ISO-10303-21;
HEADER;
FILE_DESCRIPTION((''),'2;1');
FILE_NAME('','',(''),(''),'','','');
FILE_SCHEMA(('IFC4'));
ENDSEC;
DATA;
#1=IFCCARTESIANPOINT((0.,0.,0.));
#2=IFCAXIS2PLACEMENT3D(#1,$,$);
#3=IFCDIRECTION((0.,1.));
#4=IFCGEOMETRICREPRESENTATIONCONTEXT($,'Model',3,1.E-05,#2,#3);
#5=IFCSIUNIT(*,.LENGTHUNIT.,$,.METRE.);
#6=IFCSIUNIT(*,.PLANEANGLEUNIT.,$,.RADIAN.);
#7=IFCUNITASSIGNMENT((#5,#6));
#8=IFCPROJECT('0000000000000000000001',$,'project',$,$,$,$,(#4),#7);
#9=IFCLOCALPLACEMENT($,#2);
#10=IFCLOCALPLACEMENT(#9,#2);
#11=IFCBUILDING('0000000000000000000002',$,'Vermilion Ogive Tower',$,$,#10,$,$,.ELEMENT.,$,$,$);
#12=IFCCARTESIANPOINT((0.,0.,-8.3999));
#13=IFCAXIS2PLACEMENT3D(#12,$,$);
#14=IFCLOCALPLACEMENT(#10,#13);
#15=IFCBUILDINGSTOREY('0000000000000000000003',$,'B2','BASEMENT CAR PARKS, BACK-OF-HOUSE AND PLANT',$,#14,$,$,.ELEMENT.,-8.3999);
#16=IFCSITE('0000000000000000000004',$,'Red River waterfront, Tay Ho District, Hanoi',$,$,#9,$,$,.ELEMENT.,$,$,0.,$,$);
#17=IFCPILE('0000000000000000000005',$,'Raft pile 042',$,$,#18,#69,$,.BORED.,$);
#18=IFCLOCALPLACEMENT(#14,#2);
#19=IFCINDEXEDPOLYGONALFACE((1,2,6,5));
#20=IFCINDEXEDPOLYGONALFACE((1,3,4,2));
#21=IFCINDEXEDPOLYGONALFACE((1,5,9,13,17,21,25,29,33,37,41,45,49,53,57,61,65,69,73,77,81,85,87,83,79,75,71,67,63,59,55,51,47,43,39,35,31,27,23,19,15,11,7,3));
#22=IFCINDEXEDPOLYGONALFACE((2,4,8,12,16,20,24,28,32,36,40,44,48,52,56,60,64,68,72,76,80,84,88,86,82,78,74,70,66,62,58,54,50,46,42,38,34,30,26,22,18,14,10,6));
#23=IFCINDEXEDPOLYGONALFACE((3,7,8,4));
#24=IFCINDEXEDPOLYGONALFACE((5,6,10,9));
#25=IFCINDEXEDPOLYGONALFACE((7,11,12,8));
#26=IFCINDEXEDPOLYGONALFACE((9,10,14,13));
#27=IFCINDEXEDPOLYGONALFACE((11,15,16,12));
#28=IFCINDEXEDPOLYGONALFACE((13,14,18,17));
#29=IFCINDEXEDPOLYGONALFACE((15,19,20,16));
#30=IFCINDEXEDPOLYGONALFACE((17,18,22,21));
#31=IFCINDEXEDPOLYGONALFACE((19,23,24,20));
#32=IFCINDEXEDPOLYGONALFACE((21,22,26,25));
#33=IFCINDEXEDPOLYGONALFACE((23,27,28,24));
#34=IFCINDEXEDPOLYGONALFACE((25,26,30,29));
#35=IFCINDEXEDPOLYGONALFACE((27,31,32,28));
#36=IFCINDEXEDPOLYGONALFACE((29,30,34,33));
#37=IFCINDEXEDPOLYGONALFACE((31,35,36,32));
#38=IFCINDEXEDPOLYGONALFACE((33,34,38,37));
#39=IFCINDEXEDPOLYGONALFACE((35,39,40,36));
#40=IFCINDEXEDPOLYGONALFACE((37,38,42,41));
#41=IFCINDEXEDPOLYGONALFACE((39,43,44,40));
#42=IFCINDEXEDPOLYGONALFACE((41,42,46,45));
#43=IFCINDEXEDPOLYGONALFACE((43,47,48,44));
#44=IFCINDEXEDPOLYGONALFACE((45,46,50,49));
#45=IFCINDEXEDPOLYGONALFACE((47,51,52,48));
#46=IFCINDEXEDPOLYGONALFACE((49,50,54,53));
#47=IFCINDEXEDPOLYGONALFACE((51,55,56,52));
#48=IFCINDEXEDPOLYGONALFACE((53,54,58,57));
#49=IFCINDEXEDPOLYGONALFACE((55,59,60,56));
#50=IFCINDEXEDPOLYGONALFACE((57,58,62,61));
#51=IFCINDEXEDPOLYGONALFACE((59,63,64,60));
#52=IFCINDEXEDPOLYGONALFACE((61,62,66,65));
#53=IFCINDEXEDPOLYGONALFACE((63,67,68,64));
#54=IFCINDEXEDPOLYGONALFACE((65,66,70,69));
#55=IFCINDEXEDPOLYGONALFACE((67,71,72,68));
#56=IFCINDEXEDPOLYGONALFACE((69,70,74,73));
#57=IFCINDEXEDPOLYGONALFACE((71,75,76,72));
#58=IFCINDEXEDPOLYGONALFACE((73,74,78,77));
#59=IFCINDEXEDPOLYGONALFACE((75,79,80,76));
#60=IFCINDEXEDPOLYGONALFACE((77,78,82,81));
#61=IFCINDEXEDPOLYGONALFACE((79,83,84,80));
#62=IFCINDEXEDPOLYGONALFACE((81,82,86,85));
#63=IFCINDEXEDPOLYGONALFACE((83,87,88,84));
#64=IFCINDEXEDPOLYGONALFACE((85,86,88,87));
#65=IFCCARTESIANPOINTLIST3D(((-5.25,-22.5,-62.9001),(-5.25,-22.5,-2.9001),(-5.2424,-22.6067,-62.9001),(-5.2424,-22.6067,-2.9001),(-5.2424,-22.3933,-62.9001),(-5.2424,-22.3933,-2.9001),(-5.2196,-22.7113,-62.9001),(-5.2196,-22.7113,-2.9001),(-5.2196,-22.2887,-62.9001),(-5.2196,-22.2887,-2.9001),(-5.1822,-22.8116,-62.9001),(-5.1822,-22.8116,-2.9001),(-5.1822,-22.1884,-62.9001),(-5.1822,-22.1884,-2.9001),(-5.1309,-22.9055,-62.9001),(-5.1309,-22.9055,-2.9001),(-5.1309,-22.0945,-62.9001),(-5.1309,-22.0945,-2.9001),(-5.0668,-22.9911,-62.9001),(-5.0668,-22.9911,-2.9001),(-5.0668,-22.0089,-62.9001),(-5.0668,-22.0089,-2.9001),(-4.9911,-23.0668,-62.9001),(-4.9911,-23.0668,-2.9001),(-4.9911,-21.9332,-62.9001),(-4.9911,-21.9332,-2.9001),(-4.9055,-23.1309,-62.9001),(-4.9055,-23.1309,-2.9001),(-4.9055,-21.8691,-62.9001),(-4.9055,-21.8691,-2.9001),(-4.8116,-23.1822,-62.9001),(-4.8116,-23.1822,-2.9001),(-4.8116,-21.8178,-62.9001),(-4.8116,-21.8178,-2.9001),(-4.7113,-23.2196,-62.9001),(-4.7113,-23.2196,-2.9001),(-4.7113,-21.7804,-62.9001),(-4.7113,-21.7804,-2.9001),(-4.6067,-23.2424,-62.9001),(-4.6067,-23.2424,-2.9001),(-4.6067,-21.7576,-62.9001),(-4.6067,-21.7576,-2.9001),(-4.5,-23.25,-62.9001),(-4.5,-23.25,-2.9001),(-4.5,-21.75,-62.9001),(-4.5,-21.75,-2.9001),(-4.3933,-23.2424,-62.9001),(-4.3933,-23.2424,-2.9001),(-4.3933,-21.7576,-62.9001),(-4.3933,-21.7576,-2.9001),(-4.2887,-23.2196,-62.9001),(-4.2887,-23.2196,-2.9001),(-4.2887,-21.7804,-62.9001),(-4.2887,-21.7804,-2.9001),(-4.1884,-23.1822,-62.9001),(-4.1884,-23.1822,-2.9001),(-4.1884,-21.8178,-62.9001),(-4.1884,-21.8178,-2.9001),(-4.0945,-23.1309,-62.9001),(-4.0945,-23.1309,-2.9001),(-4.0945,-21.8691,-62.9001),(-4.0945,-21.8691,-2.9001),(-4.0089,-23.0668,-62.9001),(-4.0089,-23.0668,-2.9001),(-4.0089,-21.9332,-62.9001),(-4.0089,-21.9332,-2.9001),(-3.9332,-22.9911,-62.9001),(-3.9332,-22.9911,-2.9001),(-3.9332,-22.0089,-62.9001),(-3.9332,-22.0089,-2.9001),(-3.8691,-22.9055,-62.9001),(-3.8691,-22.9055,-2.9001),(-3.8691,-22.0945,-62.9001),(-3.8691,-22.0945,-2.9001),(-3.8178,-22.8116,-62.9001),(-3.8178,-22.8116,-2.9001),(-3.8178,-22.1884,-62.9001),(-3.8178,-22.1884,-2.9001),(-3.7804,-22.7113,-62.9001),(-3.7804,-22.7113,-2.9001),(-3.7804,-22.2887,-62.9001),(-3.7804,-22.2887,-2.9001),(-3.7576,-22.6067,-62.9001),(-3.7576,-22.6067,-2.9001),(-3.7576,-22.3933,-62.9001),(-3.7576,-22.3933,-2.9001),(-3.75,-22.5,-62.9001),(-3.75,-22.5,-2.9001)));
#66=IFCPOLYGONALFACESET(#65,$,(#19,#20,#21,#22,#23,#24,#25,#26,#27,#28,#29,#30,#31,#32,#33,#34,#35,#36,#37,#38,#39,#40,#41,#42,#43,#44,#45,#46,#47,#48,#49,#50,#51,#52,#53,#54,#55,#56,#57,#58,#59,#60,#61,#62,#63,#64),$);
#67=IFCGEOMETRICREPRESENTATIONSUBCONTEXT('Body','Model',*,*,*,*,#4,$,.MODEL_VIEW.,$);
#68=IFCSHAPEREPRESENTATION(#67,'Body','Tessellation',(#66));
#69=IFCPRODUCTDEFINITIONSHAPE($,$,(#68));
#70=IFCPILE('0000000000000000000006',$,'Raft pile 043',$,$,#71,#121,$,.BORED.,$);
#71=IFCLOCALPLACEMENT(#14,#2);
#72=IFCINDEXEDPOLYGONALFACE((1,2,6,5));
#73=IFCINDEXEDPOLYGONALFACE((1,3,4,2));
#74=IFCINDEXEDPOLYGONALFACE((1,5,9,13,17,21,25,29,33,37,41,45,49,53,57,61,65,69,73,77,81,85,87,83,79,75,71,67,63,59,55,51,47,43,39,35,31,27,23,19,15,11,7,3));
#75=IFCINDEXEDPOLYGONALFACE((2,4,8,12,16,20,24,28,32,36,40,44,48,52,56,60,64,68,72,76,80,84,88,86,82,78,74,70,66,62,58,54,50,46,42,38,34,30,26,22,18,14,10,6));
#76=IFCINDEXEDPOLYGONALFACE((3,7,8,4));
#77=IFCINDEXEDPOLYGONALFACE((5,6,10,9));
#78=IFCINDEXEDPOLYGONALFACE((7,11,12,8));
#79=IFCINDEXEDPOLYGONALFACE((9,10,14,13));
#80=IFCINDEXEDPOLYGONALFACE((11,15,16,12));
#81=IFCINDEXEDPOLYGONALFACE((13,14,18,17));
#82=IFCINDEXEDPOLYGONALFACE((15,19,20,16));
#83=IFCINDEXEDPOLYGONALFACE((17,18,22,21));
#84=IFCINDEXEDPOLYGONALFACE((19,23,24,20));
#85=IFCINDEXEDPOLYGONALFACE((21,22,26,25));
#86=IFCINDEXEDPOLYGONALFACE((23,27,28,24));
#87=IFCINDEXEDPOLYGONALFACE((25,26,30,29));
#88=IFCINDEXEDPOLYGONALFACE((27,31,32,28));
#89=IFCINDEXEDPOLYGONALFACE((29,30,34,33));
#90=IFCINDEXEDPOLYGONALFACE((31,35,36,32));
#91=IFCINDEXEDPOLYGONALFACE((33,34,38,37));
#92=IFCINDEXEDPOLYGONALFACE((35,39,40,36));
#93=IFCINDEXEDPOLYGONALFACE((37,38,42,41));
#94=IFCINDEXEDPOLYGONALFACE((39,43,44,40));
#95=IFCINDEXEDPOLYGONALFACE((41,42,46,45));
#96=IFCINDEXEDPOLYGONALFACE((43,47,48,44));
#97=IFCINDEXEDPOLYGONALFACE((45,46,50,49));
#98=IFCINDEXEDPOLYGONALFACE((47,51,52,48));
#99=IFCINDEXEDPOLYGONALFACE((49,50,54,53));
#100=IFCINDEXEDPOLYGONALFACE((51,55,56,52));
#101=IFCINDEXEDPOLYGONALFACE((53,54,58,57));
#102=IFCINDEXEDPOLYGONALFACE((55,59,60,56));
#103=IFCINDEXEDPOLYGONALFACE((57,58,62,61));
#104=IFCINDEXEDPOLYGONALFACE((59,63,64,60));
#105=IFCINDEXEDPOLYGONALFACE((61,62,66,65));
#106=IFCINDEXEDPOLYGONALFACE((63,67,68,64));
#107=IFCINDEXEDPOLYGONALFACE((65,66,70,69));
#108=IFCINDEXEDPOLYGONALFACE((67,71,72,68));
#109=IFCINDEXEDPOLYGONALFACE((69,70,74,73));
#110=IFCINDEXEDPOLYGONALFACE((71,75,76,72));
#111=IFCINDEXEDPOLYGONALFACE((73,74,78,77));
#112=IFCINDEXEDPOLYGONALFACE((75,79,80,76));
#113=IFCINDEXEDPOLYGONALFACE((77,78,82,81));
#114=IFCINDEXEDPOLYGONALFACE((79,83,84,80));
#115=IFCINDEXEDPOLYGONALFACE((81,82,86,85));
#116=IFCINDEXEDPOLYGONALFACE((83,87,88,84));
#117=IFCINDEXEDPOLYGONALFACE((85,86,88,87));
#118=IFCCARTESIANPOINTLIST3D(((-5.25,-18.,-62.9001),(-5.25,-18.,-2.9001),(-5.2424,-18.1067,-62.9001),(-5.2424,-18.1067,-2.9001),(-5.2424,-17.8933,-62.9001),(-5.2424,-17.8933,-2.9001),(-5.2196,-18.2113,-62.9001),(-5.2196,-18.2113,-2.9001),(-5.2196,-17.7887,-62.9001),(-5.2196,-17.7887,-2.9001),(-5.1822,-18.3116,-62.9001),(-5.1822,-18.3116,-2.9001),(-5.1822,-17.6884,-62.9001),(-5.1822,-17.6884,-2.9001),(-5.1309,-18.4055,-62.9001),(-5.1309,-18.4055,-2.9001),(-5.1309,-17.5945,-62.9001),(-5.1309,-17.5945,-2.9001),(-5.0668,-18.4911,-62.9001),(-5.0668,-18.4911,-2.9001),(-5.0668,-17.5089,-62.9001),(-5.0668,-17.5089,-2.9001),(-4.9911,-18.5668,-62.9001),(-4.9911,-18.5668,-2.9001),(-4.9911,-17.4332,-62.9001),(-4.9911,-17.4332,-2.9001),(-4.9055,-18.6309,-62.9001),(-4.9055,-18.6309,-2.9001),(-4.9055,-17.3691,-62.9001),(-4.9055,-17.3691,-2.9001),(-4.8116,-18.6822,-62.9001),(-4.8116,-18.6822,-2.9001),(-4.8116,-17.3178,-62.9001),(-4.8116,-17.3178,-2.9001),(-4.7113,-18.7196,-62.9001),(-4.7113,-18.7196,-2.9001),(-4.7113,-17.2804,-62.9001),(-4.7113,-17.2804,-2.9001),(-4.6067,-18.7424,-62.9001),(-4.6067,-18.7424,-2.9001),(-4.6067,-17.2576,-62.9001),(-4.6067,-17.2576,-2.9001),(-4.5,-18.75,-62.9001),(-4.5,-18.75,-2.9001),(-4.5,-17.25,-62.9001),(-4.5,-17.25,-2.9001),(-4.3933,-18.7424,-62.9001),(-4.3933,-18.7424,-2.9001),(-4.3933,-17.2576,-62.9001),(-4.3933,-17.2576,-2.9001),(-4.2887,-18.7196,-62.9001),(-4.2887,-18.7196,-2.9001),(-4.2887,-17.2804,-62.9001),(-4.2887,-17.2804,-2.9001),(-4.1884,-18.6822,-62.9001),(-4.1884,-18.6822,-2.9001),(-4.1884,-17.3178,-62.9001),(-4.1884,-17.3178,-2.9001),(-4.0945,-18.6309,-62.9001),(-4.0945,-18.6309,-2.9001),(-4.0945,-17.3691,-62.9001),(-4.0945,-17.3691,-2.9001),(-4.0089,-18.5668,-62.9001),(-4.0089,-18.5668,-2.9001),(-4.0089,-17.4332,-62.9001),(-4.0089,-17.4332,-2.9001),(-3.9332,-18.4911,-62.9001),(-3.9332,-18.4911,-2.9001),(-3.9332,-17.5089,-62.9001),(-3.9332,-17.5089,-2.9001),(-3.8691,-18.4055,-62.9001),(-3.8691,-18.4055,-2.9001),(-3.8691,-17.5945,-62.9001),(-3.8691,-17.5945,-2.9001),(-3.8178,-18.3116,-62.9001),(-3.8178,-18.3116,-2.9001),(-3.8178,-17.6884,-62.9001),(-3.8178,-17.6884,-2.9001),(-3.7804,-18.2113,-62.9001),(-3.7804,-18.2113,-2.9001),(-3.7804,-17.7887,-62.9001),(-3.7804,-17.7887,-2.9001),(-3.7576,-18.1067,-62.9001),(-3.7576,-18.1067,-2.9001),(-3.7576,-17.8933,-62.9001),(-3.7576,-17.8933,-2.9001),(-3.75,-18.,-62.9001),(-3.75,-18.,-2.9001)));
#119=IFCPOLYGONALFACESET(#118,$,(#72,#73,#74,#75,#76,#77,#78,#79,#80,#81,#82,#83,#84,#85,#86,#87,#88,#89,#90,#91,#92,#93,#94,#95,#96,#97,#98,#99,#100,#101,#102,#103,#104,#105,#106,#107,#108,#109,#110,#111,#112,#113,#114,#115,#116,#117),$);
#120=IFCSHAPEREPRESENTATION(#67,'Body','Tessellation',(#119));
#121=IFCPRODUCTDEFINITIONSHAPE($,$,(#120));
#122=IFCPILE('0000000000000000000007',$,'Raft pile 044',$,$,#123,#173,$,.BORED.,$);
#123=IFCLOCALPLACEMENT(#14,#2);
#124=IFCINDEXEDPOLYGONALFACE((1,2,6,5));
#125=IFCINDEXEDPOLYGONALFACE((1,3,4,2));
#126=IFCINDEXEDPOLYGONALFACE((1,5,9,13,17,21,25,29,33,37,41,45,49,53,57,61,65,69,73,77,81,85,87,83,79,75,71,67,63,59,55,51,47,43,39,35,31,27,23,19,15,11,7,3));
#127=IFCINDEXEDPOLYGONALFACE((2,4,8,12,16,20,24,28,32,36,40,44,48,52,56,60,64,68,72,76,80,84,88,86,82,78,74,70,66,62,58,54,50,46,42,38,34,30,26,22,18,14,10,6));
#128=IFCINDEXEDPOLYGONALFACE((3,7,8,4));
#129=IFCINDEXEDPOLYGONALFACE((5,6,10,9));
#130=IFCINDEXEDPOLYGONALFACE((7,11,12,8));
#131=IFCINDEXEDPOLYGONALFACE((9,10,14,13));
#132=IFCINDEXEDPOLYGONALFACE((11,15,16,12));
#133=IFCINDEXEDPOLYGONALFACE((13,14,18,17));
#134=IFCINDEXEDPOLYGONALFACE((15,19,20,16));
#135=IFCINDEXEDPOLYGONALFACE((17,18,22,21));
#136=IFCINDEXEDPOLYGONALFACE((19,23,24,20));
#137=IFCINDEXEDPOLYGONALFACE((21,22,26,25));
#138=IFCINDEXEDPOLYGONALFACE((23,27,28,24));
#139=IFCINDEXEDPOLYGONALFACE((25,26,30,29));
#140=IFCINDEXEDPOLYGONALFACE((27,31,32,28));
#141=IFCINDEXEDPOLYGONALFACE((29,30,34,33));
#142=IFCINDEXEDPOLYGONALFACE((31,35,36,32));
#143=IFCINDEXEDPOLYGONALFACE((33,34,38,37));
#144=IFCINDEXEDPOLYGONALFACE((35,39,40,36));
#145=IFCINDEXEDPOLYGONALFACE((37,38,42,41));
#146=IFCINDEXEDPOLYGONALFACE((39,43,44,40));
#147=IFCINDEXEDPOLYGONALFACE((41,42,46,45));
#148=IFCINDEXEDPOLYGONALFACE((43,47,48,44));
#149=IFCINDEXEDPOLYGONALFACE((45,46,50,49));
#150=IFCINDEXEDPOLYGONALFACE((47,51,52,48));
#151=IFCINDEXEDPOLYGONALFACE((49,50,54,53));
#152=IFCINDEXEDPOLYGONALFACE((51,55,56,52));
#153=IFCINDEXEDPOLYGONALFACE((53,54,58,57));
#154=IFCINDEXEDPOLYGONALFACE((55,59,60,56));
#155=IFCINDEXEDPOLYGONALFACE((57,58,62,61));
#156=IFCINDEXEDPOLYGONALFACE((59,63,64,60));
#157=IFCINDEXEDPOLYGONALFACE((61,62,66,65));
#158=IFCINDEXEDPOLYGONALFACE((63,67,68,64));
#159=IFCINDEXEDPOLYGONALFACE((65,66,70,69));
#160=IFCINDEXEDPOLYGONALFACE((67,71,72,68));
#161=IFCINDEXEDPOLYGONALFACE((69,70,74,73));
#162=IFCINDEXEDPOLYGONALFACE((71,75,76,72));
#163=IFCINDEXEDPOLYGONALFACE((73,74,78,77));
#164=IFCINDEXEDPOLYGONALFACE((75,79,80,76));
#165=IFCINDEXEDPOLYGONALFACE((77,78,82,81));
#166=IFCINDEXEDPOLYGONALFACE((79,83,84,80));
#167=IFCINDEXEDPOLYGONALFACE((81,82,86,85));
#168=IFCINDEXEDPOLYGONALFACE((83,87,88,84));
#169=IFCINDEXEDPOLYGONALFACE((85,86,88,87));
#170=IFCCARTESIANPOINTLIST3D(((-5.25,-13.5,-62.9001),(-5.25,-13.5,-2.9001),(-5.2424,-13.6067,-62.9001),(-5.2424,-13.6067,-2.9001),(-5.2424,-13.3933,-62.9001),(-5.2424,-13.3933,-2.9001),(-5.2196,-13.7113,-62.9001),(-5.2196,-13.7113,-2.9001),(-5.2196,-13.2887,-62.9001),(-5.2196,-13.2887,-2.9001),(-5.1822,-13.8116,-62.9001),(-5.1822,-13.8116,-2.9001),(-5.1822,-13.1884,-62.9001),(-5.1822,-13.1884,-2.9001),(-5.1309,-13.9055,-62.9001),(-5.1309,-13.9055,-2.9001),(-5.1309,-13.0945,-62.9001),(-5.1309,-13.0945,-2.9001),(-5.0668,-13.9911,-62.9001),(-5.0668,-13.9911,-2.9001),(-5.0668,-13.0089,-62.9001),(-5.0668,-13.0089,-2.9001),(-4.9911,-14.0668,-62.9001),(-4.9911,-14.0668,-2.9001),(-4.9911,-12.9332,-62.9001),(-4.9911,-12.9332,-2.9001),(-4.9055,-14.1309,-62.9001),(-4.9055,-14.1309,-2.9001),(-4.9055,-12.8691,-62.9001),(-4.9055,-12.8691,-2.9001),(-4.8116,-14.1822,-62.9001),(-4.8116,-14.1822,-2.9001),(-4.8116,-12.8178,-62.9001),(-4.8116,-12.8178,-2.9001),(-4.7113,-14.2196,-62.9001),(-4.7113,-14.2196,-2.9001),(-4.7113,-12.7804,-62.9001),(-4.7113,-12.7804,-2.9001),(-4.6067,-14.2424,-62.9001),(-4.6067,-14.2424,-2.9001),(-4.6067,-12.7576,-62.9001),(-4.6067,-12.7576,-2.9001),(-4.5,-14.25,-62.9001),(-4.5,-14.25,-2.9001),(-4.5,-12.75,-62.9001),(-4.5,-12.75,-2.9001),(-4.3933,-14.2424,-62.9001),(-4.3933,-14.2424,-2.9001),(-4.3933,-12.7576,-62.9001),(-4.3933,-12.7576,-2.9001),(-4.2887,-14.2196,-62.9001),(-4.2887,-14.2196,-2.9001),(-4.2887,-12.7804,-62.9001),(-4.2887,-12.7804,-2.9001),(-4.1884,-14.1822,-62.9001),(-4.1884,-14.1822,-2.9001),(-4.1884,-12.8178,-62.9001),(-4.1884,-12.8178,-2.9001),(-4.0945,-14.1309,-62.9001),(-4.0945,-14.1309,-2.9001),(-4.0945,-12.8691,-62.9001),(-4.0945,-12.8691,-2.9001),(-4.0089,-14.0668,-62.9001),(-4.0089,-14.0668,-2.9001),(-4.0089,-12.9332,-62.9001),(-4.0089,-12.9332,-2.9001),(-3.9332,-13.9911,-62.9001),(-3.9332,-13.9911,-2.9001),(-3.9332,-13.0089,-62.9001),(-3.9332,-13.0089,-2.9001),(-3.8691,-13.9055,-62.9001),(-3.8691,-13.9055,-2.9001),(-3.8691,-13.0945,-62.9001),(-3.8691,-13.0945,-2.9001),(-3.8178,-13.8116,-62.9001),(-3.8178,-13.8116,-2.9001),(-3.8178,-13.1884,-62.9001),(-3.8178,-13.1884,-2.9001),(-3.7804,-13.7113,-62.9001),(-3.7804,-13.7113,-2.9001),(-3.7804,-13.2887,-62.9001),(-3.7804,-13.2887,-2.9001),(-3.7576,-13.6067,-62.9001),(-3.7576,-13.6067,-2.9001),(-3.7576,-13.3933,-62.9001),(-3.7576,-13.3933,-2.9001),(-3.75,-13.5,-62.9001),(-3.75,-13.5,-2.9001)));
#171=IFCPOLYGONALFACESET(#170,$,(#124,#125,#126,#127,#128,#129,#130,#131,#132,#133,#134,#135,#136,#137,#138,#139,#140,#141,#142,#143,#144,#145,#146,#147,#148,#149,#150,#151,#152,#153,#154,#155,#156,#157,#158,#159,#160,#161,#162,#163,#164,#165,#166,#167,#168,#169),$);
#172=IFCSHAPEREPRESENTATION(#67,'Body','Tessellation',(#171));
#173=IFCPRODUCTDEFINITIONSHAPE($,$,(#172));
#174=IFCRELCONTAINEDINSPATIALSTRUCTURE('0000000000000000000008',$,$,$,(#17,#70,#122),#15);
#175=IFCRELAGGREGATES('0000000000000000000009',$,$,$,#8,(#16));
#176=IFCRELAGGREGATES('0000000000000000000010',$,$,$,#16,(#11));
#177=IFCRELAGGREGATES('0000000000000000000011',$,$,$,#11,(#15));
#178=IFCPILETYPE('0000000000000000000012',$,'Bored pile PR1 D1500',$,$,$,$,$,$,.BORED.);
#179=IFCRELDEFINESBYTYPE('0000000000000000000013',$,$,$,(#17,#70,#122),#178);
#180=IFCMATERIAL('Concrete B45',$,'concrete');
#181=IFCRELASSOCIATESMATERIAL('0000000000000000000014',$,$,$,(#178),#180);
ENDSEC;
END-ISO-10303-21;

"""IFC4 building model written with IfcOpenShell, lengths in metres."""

from ifc_helpers import new_model, si_unit, direction, frame, origin, origin_2d, place, context, subcontext, project, spatial, circle, extrude, material, type_object, element, save


model = new_model("IFC4")

# Units and contexts
model_context = context("Model", 3, precision=1e-05, world=origin(), true_north=direction((0.0, 1.0)))
body_context = subcontext(model_context, "Body", "Model", "MODEL_VIEW")
ifc_project = project(units=[si_unit("LENGTHUNIT", "METRE"), si_unit("PLANEANGLEUNIT", "RADIAN")], contexts=[model_context])

# Site, building, storey
site_placement = place(None, origin())
site = spatial("IfcSite", under=ifc_project, at=site_placement, Name="Red River waterfront, Tay Ho District, Hanoi", CompositionType="ELEMENT", RefElevation=0.0)
building_placement = place(site_placement, origin())
building = spatial("IfcBuilding", under=site, at=building_placement, Name="Vermilion Ogive Tower", CompositionType="ELEMENT")
storey_placement = place(building_placement, frame((0.0, 0.0, -8.3999)))
storey = spatial("IfcBuildingStorey", under=building, at=storey_placement, Name="B2", Description="BASEMENT CAR PARKS, BACK-OF-HOUSE AND PLANT", CompositionType="ELEMENT", Elevation=-8.3999)

# Piles
ifc_material_1 = material(Name="Concrete B45", Category="concrete")
pile_type_1 = type_object("IfcPileType", Name="Bored pile PR1 D1500", PredefinedType="BORED", material=ifc_material_1)
for number, where, z_axis, x_axis, name in (
    (1, (-4.5, -22.5, -2.9001), (0.0, 0.0, -1.0), (1.0, 0.0, 0.0), "Raft pile 042"),
    (2, (-4.5, -18.0, -2.9001), (0.0, 0.0, -1.0), (1.0, 0.0, 0.0), "Raft pile 043"),
    (3, (-4.5, -13.5, -2.9001), (0.0, 0.0, -1.0), (1.0, 0.0, 0.0), "Raft pile 044"),
):
    element("IfcPile", number, at=place(storey_placement, frame(where, z_axis=z_axis, x_axis=x_axis)), inside=storey, type_object=pile_type_1, Name=name, PredefinedType="BORED", context=body_context, shape_type="SweptSolid", body=[
        extrude(circle(Radius=0.75, at=origin_2d()), origin(), (0.0, 0.0, 1.0), 60.0),
    ])

save(model, "model.ifc")
